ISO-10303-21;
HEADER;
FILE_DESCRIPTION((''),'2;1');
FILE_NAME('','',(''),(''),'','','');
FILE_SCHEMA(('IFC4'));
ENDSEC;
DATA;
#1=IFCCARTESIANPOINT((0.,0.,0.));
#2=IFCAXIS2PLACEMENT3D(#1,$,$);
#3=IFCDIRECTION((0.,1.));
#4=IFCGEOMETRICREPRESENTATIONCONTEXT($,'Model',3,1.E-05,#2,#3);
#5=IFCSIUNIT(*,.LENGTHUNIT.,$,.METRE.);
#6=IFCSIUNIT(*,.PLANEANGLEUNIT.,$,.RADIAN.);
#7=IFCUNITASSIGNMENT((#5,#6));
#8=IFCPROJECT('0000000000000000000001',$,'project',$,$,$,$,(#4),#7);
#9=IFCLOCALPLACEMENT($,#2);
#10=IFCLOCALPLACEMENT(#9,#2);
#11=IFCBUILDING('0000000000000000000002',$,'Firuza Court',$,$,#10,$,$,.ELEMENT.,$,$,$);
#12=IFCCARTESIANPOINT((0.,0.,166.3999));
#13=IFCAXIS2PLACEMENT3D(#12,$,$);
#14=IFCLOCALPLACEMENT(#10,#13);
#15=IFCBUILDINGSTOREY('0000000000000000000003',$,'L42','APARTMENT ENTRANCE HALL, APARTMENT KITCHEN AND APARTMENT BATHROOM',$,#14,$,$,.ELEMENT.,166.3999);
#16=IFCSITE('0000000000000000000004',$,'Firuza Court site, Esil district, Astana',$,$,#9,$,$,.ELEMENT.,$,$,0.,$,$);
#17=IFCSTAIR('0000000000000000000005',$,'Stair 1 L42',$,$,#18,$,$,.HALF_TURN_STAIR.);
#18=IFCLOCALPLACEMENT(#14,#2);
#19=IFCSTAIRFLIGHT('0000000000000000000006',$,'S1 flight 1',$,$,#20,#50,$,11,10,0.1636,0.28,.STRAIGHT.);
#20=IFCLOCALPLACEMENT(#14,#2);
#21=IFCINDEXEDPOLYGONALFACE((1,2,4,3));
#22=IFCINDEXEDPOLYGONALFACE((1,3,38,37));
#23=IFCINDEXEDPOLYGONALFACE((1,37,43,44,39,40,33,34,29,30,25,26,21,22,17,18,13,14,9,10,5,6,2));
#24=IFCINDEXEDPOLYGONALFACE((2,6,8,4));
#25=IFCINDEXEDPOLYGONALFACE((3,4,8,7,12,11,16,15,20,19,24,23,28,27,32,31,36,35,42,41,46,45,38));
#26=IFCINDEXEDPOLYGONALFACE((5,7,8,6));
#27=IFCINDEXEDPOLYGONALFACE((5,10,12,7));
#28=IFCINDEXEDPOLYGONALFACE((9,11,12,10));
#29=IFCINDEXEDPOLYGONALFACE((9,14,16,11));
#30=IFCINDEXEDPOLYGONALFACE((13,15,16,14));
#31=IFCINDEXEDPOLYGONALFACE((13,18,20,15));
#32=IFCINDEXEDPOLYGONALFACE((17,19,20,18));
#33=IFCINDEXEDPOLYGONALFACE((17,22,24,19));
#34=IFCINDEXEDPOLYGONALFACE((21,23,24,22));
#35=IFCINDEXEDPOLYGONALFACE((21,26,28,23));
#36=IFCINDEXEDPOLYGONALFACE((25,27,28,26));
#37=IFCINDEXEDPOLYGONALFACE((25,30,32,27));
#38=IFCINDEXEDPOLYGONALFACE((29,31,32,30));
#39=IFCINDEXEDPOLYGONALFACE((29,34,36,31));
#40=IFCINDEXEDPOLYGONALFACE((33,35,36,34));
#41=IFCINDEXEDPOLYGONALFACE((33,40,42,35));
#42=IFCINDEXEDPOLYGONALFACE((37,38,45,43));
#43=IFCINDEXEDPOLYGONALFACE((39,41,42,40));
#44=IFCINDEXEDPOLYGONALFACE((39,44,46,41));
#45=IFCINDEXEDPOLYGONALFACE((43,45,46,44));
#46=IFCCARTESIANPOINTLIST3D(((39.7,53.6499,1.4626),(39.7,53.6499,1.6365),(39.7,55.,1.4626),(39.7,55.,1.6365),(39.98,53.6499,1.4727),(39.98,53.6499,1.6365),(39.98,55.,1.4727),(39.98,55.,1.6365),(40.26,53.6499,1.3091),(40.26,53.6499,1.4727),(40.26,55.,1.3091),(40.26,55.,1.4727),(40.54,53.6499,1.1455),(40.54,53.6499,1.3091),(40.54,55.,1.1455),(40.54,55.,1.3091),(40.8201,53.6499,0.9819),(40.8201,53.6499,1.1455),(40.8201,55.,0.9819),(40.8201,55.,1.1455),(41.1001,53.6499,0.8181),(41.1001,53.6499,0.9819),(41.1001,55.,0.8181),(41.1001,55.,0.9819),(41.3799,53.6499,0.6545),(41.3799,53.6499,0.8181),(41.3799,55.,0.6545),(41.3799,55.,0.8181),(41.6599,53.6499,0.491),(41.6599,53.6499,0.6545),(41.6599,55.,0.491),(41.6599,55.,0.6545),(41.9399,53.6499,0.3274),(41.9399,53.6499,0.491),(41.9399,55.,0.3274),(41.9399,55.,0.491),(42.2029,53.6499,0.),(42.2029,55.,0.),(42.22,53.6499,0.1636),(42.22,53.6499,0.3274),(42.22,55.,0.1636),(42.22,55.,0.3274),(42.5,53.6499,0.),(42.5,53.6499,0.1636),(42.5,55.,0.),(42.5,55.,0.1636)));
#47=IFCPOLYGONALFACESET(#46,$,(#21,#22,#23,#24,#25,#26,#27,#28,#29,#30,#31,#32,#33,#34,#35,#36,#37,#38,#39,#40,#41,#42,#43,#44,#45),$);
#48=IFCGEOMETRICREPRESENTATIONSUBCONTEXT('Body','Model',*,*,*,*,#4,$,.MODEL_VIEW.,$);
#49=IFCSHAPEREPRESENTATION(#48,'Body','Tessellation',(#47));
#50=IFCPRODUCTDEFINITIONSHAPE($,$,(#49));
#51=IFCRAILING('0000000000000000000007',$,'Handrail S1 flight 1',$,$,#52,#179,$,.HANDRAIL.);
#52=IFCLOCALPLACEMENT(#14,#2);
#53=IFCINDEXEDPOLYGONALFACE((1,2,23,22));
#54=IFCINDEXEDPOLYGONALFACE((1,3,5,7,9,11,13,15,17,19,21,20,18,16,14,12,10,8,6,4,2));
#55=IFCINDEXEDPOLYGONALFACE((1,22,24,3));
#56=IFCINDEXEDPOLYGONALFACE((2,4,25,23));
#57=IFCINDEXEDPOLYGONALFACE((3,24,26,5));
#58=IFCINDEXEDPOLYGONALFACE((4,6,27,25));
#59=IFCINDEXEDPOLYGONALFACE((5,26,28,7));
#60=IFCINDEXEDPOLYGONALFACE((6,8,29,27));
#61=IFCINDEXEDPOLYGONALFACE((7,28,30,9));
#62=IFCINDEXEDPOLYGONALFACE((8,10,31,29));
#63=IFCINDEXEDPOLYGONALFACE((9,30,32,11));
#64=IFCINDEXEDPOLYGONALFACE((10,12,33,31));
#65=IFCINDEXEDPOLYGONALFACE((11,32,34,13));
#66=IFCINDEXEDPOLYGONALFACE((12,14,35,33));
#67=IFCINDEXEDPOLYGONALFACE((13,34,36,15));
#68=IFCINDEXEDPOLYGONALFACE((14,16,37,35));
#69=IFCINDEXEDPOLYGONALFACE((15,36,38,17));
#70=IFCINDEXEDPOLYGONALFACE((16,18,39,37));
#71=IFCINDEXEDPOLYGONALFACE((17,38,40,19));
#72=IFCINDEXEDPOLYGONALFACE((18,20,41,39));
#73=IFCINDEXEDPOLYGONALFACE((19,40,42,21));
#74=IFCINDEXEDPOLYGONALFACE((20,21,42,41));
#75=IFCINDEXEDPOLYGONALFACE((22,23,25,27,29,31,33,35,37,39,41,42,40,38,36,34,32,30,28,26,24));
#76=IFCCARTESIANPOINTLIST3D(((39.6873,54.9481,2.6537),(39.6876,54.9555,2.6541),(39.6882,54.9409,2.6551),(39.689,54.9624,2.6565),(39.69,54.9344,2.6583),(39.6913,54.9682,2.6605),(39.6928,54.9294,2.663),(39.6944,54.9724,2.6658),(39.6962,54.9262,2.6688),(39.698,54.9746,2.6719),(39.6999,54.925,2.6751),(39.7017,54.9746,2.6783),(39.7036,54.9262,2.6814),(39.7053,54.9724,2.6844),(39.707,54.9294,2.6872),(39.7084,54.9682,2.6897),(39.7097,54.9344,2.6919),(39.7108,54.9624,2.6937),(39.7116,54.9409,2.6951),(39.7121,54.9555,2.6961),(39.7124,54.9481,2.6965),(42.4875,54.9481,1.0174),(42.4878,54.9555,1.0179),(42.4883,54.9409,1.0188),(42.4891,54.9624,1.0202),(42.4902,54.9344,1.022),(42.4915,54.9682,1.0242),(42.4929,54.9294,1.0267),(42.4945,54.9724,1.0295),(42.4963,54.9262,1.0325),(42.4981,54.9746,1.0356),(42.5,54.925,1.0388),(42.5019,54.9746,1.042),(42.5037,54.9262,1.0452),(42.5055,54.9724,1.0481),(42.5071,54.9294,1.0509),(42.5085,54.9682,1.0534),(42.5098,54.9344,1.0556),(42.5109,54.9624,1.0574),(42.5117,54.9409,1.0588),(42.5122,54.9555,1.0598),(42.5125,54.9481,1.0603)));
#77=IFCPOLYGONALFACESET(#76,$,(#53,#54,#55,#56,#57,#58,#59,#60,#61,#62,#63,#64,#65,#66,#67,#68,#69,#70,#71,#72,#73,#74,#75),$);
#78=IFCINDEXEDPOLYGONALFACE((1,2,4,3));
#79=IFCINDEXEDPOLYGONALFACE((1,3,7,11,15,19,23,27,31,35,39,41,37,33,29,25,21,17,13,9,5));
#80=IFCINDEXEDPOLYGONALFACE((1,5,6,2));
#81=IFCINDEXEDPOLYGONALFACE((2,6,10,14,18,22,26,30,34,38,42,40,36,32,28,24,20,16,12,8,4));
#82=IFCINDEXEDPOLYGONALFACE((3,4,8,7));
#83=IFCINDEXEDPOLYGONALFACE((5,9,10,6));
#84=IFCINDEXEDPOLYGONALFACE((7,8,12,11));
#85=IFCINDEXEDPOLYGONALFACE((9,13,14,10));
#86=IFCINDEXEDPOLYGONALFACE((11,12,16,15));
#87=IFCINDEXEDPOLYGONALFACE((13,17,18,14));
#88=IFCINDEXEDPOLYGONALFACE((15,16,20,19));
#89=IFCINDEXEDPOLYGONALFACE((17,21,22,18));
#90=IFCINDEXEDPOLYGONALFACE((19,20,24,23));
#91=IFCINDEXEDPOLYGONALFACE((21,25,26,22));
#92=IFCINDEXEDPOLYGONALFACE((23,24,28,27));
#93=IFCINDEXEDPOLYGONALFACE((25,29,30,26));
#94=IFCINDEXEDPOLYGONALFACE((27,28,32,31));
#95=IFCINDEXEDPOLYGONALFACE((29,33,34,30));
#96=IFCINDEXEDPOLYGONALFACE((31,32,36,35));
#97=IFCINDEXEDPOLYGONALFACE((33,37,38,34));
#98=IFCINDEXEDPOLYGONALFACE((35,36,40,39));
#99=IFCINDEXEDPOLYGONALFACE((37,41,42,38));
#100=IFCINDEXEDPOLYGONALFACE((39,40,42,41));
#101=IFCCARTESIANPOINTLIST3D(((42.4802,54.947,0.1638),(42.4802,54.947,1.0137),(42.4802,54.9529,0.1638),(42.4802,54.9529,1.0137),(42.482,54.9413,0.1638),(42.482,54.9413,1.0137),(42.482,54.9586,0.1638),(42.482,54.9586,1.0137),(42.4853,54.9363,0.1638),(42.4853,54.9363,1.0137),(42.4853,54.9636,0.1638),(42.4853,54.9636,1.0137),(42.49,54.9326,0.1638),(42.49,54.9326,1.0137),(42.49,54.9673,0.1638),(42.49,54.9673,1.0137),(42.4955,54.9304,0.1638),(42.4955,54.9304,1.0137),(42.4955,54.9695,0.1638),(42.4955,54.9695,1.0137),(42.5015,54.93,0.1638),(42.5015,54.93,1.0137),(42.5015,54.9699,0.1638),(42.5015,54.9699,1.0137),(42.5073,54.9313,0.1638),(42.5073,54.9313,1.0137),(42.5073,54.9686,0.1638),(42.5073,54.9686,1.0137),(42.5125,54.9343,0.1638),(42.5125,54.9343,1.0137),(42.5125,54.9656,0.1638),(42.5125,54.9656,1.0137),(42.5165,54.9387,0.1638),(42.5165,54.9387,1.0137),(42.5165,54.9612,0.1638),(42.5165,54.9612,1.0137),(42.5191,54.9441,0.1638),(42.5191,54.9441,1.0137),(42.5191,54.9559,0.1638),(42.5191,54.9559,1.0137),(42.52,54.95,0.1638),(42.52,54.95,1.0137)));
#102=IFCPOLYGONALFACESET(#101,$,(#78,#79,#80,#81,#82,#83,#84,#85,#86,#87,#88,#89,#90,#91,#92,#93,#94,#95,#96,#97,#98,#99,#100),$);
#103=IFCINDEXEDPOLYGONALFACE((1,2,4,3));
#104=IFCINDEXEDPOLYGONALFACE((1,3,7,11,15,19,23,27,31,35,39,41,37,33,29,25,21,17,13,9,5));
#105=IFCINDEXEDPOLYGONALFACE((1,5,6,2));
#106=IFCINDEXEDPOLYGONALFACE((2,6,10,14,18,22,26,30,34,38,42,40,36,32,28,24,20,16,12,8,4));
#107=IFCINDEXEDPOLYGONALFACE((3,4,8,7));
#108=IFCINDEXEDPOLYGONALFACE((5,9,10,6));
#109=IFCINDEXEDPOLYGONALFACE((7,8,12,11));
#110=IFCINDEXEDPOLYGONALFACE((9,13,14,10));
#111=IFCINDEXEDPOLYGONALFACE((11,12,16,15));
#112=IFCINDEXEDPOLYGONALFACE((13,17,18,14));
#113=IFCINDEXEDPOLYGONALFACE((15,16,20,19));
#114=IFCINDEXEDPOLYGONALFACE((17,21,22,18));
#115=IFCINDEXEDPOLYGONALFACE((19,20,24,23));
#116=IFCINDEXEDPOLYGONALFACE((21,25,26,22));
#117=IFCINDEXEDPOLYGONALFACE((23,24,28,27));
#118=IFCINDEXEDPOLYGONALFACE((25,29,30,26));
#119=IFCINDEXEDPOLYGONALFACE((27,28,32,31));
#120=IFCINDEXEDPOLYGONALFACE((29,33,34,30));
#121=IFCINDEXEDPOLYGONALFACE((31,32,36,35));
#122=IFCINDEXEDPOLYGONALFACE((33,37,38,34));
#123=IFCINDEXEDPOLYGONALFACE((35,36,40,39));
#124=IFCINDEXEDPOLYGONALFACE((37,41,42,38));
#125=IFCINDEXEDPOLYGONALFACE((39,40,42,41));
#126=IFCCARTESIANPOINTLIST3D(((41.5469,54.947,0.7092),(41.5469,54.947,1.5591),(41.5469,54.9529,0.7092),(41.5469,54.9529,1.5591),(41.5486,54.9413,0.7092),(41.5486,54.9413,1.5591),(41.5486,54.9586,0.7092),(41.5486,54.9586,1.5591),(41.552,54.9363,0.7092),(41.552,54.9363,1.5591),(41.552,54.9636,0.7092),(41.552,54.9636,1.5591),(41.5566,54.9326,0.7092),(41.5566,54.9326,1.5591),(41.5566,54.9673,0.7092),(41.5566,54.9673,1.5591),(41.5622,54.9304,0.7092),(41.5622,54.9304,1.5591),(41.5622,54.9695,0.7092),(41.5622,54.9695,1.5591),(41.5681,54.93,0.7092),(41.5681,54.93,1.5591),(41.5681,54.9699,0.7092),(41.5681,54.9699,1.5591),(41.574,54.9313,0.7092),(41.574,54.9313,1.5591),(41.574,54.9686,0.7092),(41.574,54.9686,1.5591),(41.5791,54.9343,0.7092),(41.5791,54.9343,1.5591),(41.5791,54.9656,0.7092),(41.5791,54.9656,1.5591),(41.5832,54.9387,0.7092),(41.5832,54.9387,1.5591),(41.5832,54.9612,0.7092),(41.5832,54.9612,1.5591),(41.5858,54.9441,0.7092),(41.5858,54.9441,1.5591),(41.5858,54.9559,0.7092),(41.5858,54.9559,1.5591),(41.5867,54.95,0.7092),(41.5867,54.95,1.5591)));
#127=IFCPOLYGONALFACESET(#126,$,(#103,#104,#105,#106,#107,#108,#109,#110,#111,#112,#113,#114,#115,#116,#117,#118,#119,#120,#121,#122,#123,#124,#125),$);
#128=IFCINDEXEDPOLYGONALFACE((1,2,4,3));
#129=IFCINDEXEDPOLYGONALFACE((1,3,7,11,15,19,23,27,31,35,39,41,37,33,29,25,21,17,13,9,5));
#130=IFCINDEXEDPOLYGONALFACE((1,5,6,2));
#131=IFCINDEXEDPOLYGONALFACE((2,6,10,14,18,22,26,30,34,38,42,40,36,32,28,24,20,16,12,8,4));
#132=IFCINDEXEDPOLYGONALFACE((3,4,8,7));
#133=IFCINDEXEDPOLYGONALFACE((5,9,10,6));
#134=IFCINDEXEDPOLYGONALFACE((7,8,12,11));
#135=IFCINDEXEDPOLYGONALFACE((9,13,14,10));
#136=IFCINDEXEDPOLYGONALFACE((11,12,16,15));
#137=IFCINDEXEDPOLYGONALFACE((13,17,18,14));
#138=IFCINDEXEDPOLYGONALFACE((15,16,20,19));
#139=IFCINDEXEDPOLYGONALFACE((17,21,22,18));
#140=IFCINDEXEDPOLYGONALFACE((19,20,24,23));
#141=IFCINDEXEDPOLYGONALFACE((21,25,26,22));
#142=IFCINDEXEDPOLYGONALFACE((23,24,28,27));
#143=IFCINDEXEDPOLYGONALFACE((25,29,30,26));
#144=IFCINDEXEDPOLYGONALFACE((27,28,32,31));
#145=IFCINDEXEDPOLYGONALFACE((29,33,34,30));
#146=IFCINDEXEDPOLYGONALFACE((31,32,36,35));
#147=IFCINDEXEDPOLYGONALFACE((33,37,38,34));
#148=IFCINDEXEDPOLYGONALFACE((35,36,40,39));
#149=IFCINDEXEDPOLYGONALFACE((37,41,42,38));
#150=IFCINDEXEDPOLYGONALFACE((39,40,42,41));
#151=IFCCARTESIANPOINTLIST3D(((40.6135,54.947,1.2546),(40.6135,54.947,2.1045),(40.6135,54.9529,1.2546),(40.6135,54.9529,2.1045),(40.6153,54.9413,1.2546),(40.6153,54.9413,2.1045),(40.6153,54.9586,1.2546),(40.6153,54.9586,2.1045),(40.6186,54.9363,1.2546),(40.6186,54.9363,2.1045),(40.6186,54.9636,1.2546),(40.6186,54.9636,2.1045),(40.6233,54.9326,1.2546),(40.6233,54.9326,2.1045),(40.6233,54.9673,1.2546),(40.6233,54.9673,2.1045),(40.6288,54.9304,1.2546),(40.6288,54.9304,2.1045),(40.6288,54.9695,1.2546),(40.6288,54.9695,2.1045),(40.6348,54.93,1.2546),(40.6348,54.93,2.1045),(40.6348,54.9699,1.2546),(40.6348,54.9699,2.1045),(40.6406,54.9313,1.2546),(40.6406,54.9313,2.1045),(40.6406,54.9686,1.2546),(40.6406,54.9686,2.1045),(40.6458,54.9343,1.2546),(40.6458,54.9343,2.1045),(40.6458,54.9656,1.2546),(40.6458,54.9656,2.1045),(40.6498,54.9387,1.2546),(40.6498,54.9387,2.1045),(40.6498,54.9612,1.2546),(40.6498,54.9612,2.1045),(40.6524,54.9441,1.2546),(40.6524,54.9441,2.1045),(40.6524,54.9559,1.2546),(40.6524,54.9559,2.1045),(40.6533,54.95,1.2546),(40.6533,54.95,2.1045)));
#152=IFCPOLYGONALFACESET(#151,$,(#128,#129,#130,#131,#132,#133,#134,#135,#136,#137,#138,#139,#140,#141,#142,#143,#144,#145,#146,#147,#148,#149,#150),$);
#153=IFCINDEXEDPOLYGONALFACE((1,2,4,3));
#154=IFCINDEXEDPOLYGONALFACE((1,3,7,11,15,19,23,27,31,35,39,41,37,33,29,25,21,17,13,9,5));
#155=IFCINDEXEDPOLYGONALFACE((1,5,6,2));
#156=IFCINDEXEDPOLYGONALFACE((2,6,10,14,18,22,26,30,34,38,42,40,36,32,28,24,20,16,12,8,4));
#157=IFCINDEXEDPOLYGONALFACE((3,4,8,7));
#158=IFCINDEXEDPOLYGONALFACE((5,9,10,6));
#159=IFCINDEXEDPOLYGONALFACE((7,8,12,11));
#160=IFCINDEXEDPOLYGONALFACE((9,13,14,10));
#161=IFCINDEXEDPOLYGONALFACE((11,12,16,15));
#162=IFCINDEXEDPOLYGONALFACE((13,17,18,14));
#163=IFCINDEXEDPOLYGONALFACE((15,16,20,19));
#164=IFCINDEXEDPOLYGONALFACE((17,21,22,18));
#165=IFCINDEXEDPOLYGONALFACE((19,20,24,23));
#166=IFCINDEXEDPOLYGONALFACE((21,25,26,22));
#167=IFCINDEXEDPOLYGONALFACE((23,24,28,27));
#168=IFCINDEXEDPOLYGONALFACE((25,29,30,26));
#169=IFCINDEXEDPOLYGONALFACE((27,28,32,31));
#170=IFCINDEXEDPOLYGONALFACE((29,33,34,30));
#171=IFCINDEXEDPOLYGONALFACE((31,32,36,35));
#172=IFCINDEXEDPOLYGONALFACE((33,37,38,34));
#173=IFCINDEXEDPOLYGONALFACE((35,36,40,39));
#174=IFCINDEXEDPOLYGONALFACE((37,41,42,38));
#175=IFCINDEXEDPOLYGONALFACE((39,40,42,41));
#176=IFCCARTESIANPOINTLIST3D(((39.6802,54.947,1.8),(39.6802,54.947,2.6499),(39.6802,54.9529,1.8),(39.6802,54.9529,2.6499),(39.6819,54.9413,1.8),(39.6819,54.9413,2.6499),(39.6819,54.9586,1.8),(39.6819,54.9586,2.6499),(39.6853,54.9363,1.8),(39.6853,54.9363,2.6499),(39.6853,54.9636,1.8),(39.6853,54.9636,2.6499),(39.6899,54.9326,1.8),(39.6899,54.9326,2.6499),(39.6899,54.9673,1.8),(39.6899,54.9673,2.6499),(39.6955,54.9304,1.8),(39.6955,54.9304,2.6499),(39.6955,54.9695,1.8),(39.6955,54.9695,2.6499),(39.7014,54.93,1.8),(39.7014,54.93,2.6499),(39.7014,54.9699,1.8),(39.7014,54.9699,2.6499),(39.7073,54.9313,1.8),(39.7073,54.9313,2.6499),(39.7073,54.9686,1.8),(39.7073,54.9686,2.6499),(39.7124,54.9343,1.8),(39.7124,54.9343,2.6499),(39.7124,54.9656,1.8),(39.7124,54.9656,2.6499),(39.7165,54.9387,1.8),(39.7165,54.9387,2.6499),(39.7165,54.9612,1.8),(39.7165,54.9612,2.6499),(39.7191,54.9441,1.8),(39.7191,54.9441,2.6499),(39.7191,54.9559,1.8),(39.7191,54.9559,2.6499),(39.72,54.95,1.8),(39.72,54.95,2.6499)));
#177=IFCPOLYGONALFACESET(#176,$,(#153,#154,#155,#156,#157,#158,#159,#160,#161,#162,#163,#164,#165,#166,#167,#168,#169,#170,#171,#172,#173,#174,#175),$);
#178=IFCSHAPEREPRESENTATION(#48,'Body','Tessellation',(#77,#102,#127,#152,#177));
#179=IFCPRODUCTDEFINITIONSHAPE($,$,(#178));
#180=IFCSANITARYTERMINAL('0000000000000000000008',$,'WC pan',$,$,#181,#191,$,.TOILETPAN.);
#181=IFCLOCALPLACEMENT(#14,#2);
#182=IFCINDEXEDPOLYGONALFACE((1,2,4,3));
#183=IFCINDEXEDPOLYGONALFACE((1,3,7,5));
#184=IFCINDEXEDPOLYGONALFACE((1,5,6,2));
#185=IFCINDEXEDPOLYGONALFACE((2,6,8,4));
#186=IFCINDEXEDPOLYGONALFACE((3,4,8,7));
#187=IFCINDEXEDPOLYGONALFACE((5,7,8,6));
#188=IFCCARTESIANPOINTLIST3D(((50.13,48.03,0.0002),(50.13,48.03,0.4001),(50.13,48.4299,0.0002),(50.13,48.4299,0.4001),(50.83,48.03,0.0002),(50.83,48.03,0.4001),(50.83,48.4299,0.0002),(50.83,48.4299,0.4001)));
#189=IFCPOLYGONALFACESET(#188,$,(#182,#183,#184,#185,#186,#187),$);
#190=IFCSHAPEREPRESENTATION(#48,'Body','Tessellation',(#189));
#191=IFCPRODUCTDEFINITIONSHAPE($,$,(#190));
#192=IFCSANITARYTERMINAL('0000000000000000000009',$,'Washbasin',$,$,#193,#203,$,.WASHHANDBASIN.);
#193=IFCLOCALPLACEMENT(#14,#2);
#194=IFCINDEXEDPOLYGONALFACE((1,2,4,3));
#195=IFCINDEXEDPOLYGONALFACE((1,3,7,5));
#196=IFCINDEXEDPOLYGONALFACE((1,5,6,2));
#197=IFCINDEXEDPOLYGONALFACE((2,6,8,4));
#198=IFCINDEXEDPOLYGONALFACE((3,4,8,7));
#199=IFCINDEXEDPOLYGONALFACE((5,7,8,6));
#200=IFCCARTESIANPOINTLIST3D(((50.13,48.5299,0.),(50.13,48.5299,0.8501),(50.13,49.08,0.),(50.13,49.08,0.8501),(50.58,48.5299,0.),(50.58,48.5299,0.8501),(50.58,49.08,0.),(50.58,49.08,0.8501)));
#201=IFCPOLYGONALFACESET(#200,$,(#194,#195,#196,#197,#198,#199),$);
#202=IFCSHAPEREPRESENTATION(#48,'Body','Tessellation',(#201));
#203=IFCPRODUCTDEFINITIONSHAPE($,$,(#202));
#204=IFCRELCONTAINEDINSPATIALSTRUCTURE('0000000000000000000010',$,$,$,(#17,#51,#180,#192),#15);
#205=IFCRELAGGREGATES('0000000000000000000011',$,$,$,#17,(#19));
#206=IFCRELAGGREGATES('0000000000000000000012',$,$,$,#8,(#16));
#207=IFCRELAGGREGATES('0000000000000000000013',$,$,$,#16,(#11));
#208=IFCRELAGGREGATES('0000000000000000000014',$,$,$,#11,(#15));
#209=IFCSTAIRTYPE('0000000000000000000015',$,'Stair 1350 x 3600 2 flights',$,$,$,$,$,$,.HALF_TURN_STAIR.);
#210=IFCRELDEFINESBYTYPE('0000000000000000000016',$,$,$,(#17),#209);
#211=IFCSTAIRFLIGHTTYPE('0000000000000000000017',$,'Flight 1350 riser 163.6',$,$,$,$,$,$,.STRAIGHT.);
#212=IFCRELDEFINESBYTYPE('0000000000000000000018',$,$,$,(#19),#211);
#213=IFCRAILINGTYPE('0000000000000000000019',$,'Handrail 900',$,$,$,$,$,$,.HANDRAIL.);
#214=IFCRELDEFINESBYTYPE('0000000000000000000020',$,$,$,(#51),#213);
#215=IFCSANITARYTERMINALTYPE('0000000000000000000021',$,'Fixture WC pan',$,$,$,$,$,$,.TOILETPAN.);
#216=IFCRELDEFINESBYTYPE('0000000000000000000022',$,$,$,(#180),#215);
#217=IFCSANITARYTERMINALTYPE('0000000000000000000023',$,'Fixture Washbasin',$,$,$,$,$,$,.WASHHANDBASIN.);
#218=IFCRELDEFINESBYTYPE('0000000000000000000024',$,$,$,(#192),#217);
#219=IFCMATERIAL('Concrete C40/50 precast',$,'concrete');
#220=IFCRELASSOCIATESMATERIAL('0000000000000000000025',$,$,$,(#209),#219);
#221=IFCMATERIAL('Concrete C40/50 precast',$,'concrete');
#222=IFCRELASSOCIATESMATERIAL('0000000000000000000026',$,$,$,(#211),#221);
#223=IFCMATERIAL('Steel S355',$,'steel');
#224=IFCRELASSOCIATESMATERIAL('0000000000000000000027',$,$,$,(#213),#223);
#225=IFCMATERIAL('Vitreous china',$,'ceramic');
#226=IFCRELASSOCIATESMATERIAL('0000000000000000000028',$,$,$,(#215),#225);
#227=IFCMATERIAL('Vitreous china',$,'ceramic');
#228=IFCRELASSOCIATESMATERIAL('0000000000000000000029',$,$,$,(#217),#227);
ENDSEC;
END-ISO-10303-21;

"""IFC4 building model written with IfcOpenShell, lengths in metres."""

from ifc_helpers import new_model, si_unit, direction, frame, origin, origin_2d, place, context, subcontext, project, spatial, polyline, rectangle, circle, outline, extrude, material, type_object, element, aggregate, save


model = new_model("IFC4")

# Units and contexts
model_context = context("Model", 3, precision=1e-05, world=origin(), true_north=direction((0.0, 1.0)))
body_context = subcontext(model_context, "Body", "Model", "MODEL_VIEW")
ifc_project = project(units=[si_unit("LENGTHUNIT", "METRE"), si_unit("PLANEANGLEUNIT", "RADIAN")], contexts=[model_context])

# Site, building, storey
site_placement = place(None, origin())
site = spatial("IfcSite", under=ifc_project, at=site_placement, Name="Firuza Court site, Esil district, Astana", CompositionType="ELEMENT", RefElevation=0.0)
building_placement = place(site_placement, origin())
building = spatial("IfcBuilding", under=site, at=building_placement, Name="Firuza Court", CompositionType="ELEMENT")
storey_placement = place(building_placement, frame((0.0, 0.0, 166.3999)))
storey = spatial("IfcBuildingStorey", under=building, at=storey_placement, Name="L42", Description="APARTMENT ENTRANCE HALL, APARTMENT KITCHEN AND APARTMENT BATHROOM", CompositionType="ELEMENT", Elevation=166.3999)

# Stair, stair flight
ifc_material_1 = material(Name="Concrete C40/50 precast", Category="concrete")
stair_type = type_object("IfcStairType", Name="Stair 1350 x 3600 2 flights", PredefinedType="HALF_TURN_STAIR", material=ifc_material_1)
stair_placement = place(storey_placement, origin())
stair = element("IfcStair", 1, at=stair_placement, inside=storey, type_object=stair_type, Name="Stair 1 L42", PredefinedType="HALF_TURN_STAIR")
ifc_material_2 = material(Name="Concrete C40/50 precast", Category="concrete")
stair_flight_type = type_object("IfcStairFlightType", Name="Flight 1350 riser 163.6", PredefinedType="STRAIGHT", material=ifc_material_2)
stair_flight_placement = place(storey_placement, frame((42.5, 54.325, 0.0), z_axis=(0.0, 0.0, 1.0), x_axis=(-1.0, 0.0, 0.0)))
stair_flight = element("IfcStairFlight", 2, at=stair_flight_placement, type_object=stair_flight_type, Name="S1 flight 1", NumberOfRisers=11, NumberOfTreads=10, PredefinedType="STRAIGHT", RiserHeight=0.1636, TreadLength=0.28, context=body_context, shape_type="SweptSolid", body=[
    extrude(outline(polyline([(0.0, 0.0), (0.0, 0.1636), (0.28, 0.1636), (0.28, 0.3274), (0.5601, 0.3274), (0.5601, 0.491), (0.8401, 0.491), (0.8401, 0.6545), (1.1201, 0.6545), (1.1201, 0.8181), (1.3999, 0.8181), (1.3999, 0.9819), (1.6799, 0.9819), (1.6799, 1.1455), (1.96, 1.1455), (1.96, 1.3091), (2.24, 1.3091), (2.24, 1.4727), (2.52, 1.4727), (2.52, 1.6365), (2.8, 1.6365), (2.8, 1.8), (2.8, 1.4626), (0.2971, 0.0), (0.0, 0.0)])), frame((0.0, 0.675, 0.0), z_axis=(0.0, -1.0, 0.0), x_axis=(1.0, 0.0, 0.0)), (0.0, 0.0, 1.0), 1.3501),
])
aggregate(stair, [stair_flight])

# Railing
ifc_material_3 = material(Name="Steel S355", Category="steel")
railing_type_1 = type_object("IfcRailingType", Name="Handrail 900", PredefinedType="HANDRAIL", material=ifc_material_3)
railing_1_placement = place(storey_placement, frame((42.5, 54.95, 0.1638)))
element("IfcRailing", 3, at=railing_1_placement, inside=storey, type_object=railing_type_1, Name="Handrail S1 flight 1", PredefinedType="HANDRAIL", context=body_context, shape_type="SweptSolid", body=[
    extrude(circle(Radius=0.0249, at=origin_2d()), frame((0.0, 0.0, 0.875), z_axis=(-0.863394, 0.0, 0.504531), x_axis=(0.0, -1.0, 0.0)), (0.0, 0.0, 1.0), 3.2432),
    extrude(circle(Radius=0.02, at=origin_2d()), origin(), (0.0, 0.0, 1.0), 0.8499),
    extrude(circle(Radius=0.02, at=origin_2d()), frame((-0.9333, 0.0, 0.5454)), (0.0, 0.0, 1.0), 0.8499),
    extrude(circle(Radius=0.02, at=origin_2d()), frame((-1.8667, 0.0, 1.0908)), (0.0, 0.0, 1.0), 0.8499),
    extrude(circle(Radius=0.02, at=origin_2d()), frame((-2.8, 0.0, 1.6362)), (0.0, 0.0, 1.0), 0.8499),
])

# Sanitary terminals
ifc_material_4 = material(Name="Vitreous china", Category="ceramic")
sanitary_terminal_type_1 = type_object("IfcSanitaryTerminalType", Name="Fixture WC pan", PredefinedType="TOILETPAN", material=ifc_material_4)
sanitary_terminal_1_placement = place(storey_placement, frame((50.48, 48.23, 0.0002), z_axis=(0.0, 0.0, 1.0), x_axis=(1.0, 0.0, 0.0)))
element("IfcSanitaryTerminal", 4, at=sanitary_terminal_1_placement, inside=storey, type_object=sanitary_terminal_type_1, Name="WC pan", PredefinedType="TOILETPAN", context=body_context, shape_type="SweptSolid", body=[
    extrude(rectangle(XDim=0.7, YDim=0.3999, at=origin_2d()), origin(), (0.0, 0.0, 1.0), 0.3999),
])
ifc_material_5 = material(Name="Vitreous china", Category="ceramic")
sanitary_terminal_type_2 = type_object("IfcSanitaryTerminalType", Name="Fixture Washbasin", PredefinedType="WASHHANDBASIN", material=ifc_material_5)
sanitary_terminal_2_placement = place(storey_placement, frame((50.355, 48.8049, 0.0), z_axis=(0.0, 0.0, 1.0), x_axis=(1.0, 0.0, 0.0)))
element("IfcSanitaryTerminal", 5, at=sanitary_terminal_2_placement, inside=storey, type_object=sanitary_terminal_type_2, Name="Washbasin", PredefinedType="WASHHANDBASIN", context=body_context, shape_type="SweptSolid", body=[
    extrude(rectangle(XDim=0.45, YDim=0.55, at=origin_2d()), origin(), (0.0, 0.0, 1.0), 0.8501),
])

save(model, "model.ifc")
